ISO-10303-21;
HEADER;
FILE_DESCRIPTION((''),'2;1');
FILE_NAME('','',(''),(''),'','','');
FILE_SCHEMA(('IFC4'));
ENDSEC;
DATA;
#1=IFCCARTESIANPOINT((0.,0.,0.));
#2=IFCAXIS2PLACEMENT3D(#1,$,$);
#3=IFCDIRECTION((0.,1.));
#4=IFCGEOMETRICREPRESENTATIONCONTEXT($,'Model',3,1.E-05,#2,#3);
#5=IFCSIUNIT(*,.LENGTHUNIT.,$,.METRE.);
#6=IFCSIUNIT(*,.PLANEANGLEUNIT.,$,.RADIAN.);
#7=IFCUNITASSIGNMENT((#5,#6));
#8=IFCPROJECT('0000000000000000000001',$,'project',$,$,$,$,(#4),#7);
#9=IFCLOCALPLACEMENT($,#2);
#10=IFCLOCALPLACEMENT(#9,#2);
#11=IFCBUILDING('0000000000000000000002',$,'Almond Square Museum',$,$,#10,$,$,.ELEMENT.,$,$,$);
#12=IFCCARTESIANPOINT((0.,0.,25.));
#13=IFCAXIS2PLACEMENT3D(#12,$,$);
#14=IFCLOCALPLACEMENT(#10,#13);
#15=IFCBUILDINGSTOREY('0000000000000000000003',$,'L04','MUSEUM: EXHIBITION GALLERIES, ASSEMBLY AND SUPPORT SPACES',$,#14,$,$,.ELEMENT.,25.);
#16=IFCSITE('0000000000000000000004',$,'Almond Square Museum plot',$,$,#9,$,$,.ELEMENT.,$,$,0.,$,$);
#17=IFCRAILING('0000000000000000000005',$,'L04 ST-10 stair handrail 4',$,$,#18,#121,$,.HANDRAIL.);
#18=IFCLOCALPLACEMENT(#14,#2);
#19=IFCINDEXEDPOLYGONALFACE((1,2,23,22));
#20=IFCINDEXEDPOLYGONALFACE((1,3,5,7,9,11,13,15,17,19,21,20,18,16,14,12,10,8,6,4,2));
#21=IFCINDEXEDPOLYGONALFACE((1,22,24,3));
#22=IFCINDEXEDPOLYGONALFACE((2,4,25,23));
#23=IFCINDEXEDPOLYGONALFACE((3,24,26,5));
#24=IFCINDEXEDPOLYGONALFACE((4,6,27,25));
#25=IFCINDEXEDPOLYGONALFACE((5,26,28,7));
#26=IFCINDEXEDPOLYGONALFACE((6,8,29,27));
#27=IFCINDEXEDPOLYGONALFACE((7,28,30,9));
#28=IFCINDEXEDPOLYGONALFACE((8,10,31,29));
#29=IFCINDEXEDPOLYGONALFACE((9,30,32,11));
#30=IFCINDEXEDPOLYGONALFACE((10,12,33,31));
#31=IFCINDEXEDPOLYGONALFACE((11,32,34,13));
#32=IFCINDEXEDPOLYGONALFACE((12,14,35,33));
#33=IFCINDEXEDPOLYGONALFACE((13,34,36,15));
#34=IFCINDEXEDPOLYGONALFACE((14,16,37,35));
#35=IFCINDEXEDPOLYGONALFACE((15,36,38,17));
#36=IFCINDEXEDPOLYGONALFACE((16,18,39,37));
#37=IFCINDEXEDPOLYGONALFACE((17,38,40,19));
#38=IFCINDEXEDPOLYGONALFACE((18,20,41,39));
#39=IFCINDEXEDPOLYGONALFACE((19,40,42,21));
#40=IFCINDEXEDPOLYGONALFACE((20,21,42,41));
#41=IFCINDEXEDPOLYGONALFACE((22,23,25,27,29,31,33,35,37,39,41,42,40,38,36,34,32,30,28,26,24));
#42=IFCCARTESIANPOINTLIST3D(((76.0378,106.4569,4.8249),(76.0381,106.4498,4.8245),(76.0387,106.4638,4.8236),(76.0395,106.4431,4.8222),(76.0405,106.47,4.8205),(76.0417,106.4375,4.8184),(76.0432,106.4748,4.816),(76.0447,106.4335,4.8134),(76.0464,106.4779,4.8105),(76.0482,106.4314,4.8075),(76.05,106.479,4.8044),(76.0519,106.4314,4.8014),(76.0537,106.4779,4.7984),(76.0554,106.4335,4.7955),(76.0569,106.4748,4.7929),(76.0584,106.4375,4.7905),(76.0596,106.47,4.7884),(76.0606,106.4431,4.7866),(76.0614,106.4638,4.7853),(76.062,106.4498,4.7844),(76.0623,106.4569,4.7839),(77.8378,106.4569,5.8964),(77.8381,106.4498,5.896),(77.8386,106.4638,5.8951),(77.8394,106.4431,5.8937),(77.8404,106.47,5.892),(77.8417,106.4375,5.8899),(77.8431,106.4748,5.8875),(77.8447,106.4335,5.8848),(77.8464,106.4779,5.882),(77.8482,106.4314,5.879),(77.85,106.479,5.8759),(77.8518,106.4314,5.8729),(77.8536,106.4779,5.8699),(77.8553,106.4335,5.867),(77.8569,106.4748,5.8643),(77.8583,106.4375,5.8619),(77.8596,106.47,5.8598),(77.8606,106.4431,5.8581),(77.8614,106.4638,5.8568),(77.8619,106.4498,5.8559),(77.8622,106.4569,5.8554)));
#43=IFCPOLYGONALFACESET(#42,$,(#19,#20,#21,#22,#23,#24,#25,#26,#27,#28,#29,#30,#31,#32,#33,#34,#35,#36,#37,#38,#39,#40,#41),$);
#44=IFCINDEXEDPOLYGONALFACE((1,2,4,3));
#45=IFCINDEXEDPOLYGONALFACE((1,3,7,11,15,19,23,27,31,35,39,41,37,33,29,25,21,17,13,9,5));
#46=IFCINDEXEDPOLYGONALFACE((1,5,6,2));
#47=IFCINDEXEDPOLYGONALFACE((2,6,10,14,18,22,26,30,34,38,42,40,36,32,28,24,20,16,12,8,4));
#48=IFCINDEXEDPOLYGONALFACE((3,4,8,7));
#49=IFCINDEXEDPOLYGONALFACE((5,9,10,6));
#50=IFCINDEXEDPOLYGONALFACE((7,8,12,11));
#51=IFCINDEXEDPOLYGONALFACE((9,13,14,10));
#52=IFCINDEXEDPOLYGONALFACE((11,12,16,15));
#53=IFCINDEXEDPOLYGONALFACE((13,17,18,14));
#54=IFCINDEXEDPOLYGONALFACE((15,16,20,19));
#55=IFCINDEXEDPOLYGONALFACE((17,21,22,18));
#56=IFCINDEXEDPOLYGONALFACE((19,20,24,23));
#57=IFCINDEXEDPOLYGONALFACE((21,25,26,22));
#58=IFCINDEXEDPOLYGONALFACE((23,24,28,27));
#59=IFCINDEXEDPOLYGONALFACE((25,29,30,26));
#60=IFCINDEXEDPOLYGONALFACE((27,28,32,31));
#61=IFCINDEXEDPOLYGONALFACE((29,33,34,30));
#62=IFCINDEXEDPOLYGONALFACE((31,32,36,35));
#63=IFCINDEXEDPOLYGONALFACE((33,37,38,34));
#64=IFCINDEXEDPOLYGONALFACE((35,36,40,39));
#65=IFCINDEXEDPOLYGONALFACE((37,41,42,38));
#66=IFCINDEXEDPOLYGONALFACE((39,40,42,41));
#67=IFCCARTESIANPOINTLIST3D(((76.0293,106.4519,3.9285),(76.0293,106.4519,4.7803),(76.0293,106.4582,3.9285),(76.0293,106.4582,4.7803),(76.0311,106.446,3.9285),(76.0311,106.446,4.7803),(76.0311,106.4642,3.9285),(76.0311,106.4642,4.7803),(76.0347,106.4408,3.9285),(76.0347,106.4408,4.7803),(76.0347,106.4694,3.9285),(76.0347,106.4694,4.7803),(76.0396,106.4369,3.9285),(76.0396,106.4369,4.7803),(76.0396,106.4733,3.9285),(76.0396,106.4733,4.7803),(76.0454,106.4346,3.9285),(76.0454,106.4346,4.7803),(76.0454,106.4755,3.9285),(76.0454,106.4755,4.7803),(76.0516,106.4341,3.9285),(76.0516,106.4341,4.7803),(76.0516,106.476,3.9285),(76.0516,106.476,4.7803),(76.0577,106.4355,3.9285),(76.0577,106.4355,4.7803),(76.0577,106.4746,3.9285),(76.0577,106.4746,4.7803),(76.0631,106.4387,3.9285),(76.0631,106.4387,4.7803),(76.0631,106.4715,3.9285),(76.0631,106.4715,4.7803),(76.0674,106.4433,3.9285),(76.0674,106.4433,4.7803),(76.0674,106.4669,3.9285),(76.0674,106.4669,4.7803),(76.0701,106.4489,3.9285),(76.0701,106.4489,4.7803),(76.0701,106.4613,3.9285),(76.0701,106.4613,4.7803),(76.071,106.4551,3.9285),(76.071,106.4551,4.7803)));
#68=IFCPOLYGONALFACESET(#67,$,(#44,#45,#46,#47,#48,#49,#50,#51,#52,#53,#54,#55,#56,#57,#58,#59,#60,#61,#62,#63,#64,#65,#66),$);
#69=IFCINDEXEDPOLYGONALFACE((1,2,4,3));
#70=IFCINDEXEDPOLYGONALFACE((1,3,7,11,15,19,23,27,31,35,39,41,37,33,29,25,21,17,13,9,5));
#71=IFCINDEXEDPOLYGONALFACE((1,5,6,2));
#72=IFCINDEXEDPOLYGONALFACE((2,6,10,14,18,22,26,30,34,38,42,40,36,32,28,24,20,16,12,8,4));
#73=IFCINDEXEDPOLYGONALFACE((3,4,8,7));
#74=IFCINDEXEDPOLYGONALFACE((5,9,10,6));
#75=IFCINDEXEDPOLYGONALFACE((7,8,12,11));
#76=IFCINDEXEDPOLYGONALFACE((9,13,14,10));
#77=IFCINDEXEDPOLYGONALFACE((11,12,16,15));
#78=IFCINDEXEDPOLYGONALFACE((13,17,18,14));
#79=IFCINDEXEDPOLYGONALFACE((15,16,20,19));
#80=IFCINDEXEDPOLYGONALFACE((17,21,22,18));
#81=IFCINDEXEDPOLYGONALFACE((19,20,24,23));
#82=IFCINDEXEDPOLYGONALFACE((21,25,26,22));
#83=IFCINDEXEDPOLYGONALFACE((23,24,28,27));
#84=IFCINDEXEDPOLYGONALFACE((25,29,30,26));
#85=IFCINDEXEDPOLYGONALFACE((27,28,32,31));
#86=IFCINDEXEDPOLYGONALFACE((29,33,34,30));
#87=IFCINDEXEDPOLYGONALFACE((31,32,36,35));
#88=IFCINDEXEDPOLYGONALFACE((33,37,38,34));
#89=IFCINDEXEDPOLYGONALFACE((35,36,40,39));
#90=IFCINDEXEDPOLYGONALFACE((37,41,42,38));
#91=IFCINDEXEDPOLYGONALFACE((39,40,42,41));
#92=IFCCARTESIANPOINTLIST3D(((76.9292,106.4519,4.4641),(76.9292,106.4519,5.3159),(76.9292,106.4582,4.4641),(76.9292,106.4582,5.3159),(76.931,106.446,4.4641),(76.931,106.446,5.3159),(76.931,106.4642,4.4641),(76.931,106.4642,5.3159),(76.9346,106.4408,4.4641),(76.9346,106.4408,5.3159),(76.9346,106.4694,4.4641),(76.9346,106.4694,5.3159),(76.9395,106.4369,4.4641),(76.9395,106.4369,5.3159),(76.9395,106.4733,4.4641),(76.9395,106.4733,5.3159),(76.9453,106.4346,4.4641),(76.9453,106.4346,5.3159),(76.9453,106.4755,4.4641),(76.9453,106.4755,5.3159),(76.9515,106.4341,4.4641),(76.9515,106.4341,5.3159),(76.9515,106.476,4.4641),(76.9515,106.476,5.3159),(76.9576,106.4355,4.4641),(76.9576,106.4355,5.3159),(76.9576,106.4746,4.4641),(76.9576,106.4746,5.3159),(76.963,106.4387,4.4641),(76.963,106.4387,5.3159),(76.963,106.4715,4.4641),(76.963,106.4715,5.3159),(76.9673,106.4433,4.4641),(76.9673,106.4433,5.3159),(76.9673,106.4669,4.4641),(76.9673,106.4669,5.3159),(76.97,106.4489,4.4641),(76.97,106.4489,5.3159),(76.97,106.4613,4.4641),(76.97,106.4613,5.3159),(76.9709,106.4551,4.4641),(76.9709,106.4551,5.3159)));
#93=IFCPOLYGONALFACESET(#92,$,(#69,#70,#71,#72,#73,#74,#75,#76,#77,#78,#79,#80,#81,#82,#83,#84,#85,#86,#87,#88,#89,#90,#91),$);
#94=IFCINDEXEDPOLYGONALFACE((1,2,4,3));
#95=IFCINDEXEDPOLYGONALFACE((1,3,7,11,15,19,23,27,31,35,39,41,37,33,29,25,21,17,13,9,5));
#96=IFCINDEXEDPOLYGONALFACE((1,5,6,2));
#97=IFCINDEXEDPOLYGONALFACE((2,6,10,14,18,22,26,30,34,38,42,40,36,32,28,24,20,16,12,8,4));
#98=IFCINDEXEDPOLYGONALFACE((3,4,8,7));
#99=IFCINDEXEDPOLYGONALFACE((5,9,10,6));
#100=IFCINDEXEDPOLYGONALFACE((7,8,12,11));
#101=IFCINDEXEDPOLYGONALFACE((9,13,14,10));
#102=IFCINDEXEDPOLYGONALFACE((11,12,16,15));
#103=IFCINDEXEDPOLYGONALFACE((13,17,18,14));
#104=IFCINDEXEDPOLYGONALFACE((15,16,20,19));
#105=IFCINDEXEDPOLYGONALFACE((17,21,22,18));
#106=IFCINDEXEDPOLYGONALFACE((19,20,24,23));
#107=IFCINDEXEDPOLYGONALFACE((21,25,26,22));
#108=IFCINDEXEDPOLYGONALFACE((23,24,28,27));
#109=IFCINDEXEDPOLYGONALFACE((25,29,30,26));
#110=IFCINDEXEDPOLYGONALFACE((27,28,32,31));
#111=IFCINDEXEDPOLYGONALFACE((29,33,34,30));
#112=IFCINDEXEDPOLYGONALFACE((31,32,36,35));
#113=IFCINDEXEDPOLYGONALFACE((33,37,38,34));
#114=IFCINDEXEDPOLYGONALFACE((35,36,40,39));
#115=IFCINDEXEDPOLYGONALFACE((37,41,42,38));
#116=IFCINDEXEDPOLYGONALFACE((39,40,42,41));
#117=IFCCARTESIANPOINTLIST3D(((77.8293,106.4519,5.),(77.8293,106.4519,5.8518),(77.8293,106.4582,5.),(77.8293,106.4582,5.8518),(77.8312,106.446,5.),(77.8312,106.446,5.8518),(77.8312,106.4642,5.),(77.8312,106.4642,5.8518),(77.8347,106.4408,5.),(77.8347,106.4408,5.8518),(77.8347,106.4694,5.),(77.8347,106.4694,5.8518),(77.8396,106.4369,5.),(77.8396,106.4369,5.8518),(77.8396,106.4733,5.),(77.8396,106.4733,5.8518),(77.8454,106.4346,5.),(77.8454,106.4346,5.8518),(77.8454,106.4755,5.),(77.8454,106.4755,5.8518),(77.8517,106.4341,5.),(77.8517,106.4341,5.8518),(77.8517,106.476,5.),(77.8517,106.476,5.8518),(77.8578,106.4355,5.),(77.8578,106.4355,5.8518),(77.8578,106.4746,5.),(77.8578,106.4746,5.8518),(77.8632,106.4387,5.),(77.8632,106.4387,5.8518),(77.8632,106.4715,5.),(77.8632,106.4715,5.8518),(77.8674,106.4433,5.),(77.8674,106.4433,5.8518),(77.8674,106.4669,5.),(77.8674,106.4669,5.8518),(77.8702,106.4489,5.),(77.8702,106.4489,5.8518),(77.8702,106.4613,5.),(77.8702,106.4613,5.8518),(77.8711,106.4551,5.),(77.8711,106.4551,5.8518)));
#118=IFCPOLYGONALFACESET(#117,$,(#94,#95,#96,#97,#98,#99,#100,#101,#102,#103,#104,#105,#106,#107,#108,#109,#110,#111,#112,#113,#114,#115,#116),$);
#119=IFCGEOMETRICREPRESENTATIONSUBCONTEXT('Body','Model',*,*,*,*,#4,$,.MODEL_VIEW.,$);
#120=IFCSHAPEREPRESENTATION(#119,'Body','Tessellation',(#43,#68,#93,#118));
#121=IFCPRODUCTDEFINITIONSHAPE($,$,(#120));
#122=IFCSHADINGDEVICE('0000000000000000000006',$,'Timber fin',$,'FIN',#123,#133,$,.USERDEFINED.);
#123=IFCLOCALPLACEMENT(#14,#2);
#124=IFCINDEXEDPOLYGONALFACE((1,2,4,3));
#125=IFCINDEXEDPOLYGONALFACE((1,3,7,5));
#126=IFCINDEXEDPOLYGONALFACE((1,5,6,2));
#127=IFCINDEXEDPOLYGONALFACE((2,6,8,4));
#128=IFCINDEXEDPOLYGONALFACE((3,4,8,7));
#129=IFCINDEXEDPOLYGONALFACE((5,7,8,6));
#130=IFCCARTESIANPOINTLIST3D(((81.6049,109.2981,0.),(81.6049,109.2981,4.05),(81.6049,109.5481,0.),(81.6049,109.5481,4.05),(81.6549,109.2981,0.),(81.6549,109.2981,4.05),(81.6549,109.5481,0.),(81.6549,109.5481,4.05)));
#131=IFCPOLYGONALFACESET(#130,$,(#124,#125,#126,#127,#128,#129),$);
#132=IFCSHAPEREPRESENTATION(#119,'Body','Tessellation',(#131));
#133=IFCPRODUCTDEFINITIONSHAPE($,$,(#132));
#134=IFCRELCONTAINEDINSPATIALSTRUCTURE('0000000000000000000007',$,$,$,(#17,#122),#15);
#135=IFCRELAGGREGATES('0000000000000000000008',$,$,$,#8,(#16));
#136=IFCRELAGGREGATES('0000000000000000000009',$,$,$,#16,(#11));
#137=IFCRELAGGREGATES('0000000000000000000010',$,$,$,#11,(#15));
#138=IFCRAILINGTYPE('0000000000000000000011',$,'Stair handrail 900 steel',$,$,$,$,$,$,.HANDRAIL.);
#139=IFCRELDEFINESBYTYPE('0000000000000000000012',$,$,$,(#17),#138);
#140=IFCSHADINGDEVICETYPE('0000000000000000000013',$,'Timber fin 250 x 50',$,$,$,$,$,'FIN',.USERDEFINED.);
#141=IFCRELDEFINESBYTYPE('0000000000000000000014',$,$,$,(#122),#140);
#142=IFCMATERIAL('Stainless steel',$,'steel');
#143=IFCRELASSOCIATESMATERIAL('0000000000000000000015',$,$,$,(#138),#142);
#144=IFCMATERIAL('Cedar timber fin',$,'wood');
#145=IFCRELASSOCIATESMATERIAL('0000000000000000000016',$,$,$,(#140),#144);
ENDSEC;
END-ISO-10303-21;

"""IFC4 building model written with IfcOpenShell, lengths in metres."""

from ifc_helpers import new_model, si_unit, direction, frame, origin, origin_2d, place, context, subcontext, project, spatial, rectangle, circle, extrude, material, material_profile, profile_set, type_object, element, save


model = new_model("IFC4")

# Units and contexts
model_context = context("Model", 3, precision=1e-05, world=origin(), true_north=direction((0.0, 1.0)))
body_context = subcontext(model_context, "Body", "Model", "MODEL_VIEW")
ifc_project = project(units=[si_unit("LENGTHUNIT", "METRE"), si_unit("PLANEANGLEUNIT", "RADIAN")], contexts=[model_context])

# Site, building, storey
site_placement = place(None, origin())
site = spatial("IfcSite", under=ifc_project, at=site_placement, Name="Almond Square Museum plot", CompositionType="ELEMENT", RefElevation=0.0)
building_placement = place(site_placement, origin())
building = spatial("IfcBuilding", under=site, at=building_placement, Name="Almond Square Museum", CompositionType="ELEMENT")
storey_placement = place(building_placement, frame((0.0, 0.0, 25.0)))
storey = spatial("IfcBuildingStorey", under=building, at=storey_placement, Name="L04", Description="MUSEUM: EXHIBITION GALLERIES, ASSEMBLY AND SUPPORT SPACES", CompositionType="ELEMENT", Elevation=25.0)

# Railing
ifc_material_1 = material(Name="Stainless steel", Category="steel")
railing_type_1 = type_object("IfcRailingType", Name="Stair handrail 900 steel", PredefinedType="HANDRAIL", material=ifc_material_1)
railing_1_placement = place(storey_placement, frame((76.05, 106.4551, 3.9285)))
element("IfcRailing", 1, at=railing_1_placement, inside=storey, type_object=railing_type_1, Name="L04 ST-10 stair handrail 4", PredefinedType="HANDRAIL", context=body_context, shape_type="SweptSolid", body=[
    extrude(circle(Radius=0.0239, at=origin_2d()), frame((0.0, 0.0, 0.876), z_axis=(0.859277, 0.0, 0.51151), x_axis=(0.0, 1.0, 0.0)), (0.0, 0.0, 1.0), 2.0947),
    extrude(circle(Radius=0.021, at=origin_2d()), origin(), (0.0, 0.0, 1.0), 0.8518),
    extrude(circle(Radius=0.021, at=origin_2d()), frame((0.8999, 0.0, 0.5356)), (0.0, 0.0, 1.0), 0.8518),
    extrude(circle(Radius=0.021, at=origin_2d()), frame((1.8, 0.0, 1.0715)), (0.0, 0.0, 1.0), 0.8518),
])

# Shading device
ifc_material_2 = material(Name="Cedar timber fin", Category="wood")
ifc_material_profile_1 = material_profile(ifc_material_2, rectangle(XDim=0.25, YDim=0.05, at=origin_2d()))
ifc_profile_set_1 = profile_set([ifc_material_profile_1], Name="Cedar timber fin")
shading_device_type = type_object("IfcShadingDeviceType", Name="Timber fin 250 x 50", ElementType="FIN", PredefinedType="USERDEFINED", material=ifc_profile_set_1)
shading_device_placement = place(storey_placement, frame((81.6299, 109.4231, 0.0), z_axis=(0.0, 0.0, 1.0), x_axis=(0.0, 1.0, 0.0)))
element("IfcShadingDevice", 2, at=shading_device_placement, inside=storey, type_object=shading_device_type, Name="Timber fin", ObjectType="FIN", PredefinedType="USERDEFINED", context=body_context, shape_type="SweptSolid", body=[
    extrude(rectangle(XDim=0.25, YDim=0.05, at=origin_2d()), origin(), (0.0, 0.0, 1.0), 4.05),
])

save(model, "model.ifc")
